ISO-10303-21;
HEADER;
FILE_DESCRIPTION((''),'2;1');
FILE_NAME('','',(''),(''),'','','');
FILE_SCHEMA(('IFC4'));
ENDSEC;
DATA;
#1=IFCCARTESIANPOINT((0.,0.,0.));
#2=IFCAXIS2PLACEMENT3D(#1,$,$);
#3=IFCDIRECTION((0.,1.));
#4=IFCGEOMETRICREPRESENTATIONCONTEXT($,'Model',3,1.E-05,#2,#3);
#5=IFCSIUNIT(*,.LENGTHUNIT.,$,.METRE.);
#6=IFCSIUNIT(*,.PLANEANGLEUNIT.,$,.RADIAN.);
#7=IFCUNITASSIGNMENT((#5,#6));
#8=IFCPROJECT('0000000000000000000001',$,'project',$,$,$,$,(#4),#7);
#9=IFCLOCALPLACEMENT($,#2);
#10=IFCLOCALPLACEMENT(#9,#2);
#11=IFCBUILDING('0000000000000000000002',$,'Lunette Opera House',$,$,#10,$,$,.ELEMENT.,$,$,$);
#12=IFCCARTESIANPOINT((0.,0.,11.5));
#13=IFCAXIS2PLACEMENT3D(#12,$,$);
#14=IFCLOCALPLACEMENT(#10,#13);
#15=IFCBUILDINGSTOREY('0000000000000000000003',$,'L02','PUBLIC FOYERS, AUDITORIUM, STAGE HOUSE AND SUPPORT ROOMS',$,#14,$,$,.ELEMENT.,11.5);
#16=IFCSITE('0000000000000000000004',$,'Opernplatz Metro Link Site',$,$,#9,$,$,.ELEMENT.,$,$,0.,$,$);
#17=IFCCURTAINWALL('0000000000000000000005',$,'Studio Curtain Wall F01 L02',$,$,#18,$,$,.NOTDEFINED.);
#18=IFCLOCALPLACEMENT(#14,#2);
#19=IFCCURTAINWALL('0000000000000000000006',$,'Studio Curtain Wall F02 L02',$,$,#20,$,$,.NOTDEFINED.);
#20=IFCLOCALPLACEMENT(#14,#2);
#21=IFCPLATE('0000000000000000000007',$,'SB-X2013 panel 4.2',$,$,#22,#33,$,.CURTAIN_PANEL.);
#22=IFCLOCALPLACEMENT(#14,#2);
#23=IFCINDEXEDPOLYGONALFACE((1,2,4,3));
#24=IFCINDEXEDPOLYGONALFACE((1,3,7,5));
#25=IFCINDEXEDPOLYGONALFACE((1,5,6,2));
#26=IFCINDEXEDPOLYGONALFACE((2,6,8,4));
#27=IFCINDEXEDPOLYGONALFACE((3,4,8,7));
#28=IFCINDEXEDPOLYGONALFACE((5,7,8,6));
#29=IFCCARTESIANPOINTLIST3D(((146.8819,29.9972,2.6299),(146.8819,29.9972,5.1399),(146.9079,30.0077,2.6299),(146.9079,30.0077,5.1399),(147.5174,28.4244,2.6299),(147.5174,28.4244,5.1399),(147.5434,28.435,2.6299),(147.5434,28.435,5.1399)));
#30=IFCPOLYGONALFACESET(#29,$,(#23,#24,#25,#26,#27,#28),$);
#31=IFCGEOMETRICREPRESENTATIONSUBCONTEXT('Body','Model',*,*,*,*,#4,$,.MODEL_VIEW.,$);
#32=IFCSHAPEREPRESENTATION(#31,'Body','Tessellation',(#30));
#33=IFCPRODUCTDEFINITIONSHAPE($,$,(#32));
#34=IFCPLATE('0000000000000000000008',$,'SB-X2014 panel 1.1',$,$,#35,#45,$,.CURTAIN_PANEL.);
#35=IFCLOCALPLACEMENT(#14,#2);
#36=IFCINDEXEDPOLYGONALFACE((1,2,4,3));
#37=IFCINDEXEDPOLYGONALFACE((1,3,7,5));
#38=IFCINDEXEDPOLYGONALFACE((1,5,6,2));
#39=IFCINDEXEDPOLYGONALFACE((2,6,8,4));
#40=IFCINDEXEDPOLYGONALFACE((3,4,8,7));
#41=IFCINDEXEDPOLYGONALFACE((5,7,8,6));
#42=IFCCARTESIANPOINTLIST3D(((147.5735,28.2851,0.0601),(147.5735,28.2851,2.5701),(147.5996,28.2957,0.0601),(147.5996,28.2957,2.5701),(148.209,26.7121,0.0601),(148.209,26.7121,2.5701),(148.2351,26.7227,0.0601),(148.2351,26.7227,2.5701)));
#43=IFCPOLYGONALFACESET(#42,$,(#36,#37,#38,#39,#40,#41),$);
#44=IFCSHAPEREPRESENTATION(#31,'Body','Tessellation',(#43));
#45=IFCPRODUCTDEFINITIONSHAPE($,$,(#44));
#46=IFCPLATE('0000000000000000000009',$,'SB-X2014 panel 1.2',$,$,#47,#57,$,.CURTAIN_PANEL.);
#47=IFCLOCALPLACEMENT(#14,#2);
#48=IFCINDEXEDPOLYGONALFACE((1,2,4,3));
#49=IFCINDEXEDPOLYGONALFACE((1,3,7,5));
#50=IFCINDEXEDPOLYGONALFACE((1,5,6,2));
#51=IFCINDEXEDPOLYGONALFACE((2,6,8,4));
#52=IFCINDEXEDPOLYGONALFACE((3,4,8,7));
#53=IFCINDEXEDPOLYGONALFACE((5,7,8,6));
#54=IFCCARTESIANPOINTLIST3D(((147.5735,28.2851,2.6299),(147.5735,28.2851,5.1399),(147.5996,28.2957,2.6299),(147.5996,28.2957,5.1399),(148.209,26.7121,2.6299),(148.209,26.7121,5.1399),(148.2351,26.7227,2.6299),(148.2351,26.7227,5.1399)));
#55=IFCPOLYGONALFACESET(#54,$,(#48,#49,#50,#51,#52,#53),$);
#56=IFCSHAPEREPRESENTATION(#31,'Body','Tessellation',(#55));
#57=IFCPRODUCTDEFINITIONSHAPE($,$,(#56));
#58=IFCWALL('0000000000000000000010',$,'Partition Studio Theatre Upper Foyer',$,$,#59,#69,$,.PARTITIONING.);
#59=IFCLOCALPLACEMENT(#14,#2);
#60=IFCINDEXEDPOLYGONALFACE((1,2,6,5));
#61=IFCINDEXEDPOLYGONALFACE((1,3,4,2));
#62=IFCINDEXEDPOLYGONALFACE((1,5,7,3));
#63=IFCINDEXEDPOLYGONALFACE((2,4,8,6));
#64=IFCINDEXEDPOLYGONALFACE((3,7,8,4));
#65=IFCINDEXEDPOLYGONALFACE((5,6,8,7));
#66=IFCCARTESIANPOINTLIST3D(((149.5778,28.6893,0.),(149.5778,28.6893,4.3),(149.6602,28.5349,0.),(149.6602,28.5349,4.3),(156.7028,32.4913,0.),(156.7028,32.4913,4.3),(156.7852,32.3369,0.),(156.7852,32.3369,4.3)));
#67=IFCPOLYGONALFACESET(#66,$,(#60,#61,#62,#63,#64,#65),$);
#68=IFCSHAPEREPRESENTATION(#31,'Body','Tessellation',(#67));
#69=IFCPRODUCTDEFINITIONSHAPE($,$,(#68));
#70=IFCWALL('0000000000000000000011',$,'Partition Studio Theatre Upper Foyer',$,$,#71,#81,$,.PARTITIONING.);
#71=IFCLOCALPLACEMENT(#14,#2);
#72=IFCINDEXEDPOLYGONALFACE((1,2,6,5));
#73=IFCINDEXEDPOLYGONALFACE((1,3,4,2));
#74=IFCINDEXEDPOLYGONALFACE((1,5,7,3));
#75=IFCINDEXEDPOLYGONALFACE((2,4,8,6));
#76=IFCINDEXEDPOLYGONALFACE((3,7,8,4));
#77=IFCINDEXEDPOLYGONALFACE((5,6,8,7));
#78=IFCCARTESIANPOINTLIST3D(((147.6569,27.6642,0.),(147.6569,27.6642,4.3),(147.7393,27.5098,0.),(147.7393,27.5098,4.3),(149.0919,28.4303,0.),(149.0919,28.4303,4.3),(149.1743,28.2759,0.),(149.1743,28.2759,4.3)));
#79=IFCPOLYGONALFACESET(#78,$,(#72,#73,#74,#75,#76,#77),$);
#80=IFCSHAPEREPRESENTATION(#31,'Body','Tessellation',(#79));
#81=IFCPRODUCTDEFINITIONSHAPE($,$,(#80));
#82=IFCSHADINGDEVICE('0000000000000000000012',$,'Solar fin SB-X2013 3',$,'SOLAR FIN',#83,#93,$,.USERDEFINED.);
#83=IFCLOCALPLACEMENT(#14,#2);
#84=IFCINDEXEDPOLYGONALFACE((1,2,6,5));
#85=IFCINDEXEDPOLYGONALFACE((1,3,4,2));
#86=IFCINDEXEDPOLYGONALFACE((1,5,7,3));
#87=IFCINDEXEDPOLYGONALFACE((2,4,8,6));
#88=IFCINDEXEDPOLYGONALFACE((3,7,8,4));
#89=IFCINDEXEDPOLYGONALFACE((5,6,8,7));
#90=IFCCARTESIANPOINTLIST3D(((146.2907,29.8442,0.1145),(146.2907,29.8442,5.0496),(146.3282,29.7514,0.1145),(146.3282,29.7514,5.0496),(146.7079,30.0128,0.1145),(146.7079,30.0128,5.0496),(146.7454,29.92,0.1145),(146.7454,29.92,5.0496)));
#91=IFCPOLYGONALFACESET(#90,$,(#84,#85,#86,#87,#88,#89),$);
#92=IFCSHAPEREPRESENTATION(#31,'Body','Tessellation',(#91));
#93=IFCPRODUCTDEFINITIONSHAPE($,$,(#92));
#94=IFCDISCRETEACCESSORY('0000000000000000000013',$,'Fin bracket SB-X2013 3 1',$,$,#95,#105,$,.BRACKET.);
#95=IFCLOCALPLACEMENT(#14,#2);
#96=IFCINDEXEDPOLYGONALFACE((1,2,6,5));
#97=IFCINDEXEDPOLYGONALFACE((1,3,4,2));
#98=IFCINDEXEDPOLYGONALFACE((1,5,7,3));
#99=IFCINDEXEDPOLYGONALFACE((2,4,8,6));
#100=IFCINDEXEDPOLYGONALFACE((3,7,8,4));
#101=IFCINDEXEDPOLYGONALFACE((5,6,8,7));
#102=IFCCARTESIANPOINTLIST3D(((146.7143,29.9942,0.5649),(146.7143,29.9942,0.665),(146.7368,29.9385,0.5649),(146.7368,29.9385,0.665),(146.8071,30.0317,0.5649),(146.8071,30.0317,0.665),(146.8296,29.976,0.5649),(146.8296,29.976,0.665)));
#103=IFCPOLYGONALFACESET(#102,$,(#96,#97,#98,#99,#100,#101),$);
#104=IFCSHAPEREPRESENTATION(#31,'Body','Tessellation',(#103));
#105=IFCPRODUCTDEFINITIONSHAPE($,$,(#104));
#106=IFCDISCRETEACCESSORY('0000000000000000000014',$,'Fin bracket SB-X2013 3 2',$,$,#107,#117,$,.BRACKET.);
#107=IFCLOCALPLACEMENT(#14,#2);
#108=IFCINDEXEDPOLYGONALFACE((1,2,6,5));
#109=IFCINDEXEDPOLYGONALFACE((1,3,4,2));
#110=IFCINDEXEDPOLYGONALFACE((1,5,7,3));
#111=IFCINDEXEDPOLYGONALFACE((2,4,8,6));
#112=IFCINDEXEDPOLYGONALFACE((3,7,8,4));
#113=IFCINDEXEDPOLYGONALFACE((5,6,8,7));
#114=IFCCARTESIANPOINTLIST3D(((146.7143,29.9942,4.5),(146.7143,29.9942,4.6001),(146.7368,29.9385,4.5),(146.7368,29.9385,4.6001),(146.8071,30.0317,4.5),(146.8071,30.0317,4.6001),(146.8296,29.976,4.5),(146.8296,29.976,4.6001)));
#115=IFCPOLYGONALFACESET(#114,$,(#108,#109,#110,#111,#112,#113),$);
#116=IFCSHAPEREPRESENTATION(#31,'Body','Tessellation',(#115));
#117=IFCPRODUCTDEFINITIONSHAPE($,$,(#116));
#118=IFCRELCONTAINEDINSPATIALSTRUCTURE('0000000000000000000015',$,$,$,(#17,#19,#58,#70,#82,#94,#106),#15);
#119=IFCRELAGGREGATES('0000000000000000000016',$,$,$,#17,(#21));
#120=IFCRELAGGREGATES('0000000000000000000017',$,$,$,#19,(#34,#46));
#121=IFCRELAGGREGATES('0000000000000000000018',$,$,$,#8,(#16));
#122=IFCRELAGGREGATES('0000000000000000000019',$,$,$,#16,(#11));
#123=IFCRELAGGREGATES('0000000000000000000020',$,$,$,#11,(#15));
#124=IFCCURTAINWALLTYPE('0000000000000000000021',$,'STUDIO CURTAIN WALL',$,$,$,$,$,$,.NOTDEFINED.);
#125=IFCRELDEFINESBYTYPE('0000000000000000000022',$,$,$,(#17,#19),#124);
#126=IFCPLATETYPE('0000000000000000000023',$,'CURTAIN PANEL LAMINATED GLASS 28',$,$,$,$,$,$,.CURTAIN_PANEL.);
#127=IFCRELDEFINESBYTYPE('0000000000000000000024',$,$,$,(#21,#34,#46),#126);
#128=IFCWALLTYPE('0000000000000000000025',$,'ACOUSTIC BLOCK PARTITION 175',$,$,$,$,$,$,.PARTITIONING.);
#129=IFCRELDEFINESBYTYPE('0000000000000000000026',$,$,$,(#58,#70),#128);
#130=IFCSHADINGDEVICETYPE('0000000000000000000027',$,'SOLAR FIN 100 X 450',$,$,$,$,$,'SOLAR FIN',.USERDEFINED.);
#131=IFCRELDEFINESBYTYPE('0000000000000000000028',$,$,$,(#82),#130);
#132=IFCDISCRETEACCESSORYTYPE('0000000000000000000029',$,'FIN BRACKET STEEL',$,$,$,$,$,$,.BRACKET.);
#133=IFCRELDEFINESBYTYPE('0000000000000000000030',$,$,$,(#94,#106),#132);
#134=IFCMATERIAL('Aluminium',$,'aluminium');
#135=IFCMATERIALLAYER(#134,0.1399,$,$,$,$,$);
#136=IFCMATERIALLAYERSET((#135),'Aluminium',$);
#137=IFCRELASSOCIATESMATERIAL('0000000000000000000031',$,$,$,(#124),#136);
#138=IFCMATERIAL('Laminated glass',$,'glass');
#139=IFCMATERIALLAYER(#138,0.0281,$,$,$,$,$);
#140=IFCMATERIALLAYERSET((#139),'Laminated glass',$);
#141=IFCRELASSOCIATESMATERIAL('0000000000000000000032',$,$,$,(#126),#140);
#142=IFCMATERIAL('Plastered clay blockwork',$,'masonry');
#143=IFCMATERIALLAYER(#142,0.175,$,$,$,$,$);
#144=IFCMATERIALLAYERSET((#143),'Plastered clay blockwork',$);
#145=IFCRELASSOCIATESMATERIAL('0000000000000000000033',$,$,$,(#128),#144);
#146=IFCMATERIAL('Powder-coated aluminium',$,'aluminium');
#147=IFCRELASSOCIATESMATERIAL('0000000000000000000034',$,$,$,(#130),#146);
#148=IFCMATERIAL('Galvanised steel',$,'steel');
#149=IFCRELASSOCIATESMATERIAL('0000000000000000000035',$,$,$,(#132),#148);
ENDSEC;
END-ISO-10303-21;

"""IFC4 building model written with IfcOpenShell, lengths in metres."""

from ifc_helpers import new_model, si_unit, direction, frame, frame_2d, origin, origin_2d, place, context, subcontext, project, spatial, rectangle, extrude, material, layer, layer_set, type_object, element, aggregate, save


model = new_model("IFC4")

# Units and contexts
model_context = context("Model", 3, precision=1e-05, world=origin(), true_north=direction((0.0, 1.0)))
body_context = subcontext(model_context, "Body", "Model", "MODEL_VIEW")
ifc_project = project(units=[si_unit("LENGTHUNIT", "METRE"), si_unit("PLANEANGLEUNIT", "RADIAN")], contexts=[model_context])

# Site, building, storey
site_placement = place(None, origin())
site = spatial("IfcSite", under=ifc_project, at=site_placement, Name="Opernplatz Metro Link Site", CompositionType="ELEMENT", RefElevation=0.0)
building_placement = place(site_placement, origin())
building = spatial("IfcBuilding", under=site, at=building_placement, Name="Lunette Opera House", CompositionType="ELEMENT")
storey_placement = place(building_placement, frame((0.0, 0.0, 11.5)))
storey = spatial("IfcBuildingStorey", under=building, at=storey_placement, Name="L02", Description="PUBLIC FOYERS, AUDITORIUM, STAGE HOUSE AND SUPPORT ROOMS", CompositionType="ELEMENT", Elevation=11.5)

# Curtain wall
ifc_material_1 = material(Name="Aluminium", Category="aluminium")
ifc_layer_1 = layer(ifc_material_1, 0.1399)
ifc_layer_set_1 = layer_set([ifc_layer_1], Name="Aluminium")
curtain_wall_type = type_object("IfcCurtainWallType", Name="STUDIO CURTAIN WALL", PredefinedType="NOTDEFINED", material=ifc_layer_set_1)
curtain_wall_1_placement = place(storey_placement, origin())
curtain_wall_1 = element("IfcCurtainWall", 1, at=curtain_wall_1_placement, inside=storey, type_object=curtain_wall_type, Name="Studio Curtain Wall F01 L02", PredefinedType="NOTDEFINED")

# Curtain wall
curtain_wall_2_placement = place(storey_placement, origin())
curtain_wall_2 = element("IfcCurtainWall", 2, at=curtain_wall_2_placement, inside=storey, type_object=curtain_wall_type, Name="Studio Curtain Wall F02 L02", PredefinedType="NOTDEFINED")

# Plates
ifc_material_2 = material(Name="Laminated glass", Category="glass")
ifc_layer_2 = layer(ifc_material_2, 0.0281)
ifc_layer_set_2 = layer_set([ifc_layer_2], Name="Laminated glass")
plate_type = type_object("IfcPlateType", Name="CURTAIN PANEL LAMINATED GLASS 28", PredefinedType="CURTAIN_PANEL", material=ifc_layer_set_2)
plate_1_placement = place(storey_placement, frame((147.2126, 29.2161, 2.6299), z_axis=(0.0, 0.0, 1.0), x_axis=(0.374646, -0.927168, 0.0)))
plate_1 = element("IfcPlate", 3, at=plate_1_placement, type_object=plate_type, Name="SB-X2013 panel 4.2", PredefinedType="CURTAIN_PANEL", context=body_context, shape_type="SweptSolid", body=[
    extrude(rectangle(XDim=1.6963, YDim=0.0281, at=origin_2d()), origin(), (0.0, 0.0, 1.0), 2.51),
])
aggregate(curtain_wall_1, [plate_1])
plate_2_placement = place(storey_placement, frame((147.9043, 27.5039, 0.0601), z_axis=(0.0, 0.0, 1.0), x_axis=(0.374597, -0.927188, 0.0)))
plate_2 = element("IfcPlate", 4, at=plate_2_placement, type_object=plate_type, Name="SB-X2014 panel 1.1", PredefinedType="CURTAIN_PANEL", context=body_context, shape_type="SweptSolid", body=[
    extrude(rectangle(XDim=1.6965, YDim=0.0281, at=origin_2d()), origin(), (0.0, 0.0, 1.0), 2.51),
])
plate_3_placement = place(storey_placement, frame((147.9043, 27.5039, 2.6299), z_axis=(0.0, 0.0, 1.0), x_axis=(0.374597, -0.927188, 0.0)))
plate_3 = element("IfcPlate", 5, at=plate_3_placement, type_object=plate_type, Name="SB-X2014 panel 1.2", PredefinedType="CURTAIN_PANEL", context=body_context, shape_type="SweptSolid", body=[
    extrude(rectangle(XDim=1.6965, YDim=0.0281, at=origin_2d()), origin(), (0.0, 0.0, 1.0), 2.51),
])
aggregate(curtain_wall_2, [plate_2, plate_3])

# Walls
ifc_material_3 = material(Name="Plastered clay blockwork", Category="masonry")
ifc_layer_3 = layer(ifc_material_3, 0.175)
ifc_layer_set_3 = layer_set([ifc_layer_3], Name="Plastered clay blockwork")
wall_type = type_object("IfcWallType", Name="ACOUSTIC BLOCK PARTITION 175", PredefinedType="PARTITIONING", material=ifc_layer_set_3)
wall_1_placement = place(storey_placement, frame((149.6189, 28.6121, 0.0), z_axis=(0.0, 0.0, 1.0), x_axis=(0.88225, 0.470781, 0.0)))
element("IfcWall", 6, at=wall_1_placement, inside=storey, type_object=wall_type, Name="Partition Studio Theatre Upper Foyer", PredefinedType="PARTITIONING", context=body_context, shape_type="SweptSolid", body=[
    extrude(rectangle(XDim=8.0759, YDim=0.175, at=frame_2d((4.0381, 0.0))), origin(), (0.0, 0.0, 1.0), 4.3),
])
wall_2_placement = place(storey_placement, frame((147.698, 27.5869, 0.0), z_axis=(0.0, 0.0, 1.0), x_axis=(0.882162, 0.470947, 0.0)))
element("IfcWall", 7, at=wall_2_placement, inside=storey, type_object=wall_type, Name="Partition Studio Theatre Upper Foyer", PredefinedType="PARTITIONING", context=body_context, shape_type="SweptSolid", body=[
    extrude(rectangle(XDim=1.6267, YDim=0.175, at=frame_2d((0.8135, 0.0))), origin(), (0.0, 0.0, 1.0), 4.3),
])

# Shading device
ifc_material_4 = material(Name="Powder-coated aluminium", Category="aluminium")
shading_device_type = type_object("IfcShadingDeviceType", Name="SOLAR FIN 100 X 450", ElementType="SOLAR FIN", PredefinedType="USERDEFINED", material=ifc_material_4)
shading_device_placement = place(storey_placement, frame((146.5181, 29.8821, 0.1145), z_axis=(0.0, 0.0, 1.0), x_axis=(-0.927168, -0.374645, 0.0)))
element("IfcShadingDevice", 8, at=shading_device_placement, inside=storey, type_object=shading_device_type, Name="Solar fin SB-X2013 3", ObjectType="SOLAR FIN", PredefinedType="USERDEFINED", context=body_context, shape_type="SweptSolid", body=[
    extrude(rectangle(XDim=0.45, YDim=0.1001, at=origin_2d()), origin(), (0.0, 0.0, 1.0), 4.9351),
])

# Discrete accessories
ifc_material_5 = material(Name="Galvanised steel", Category="steel")
discrete_accessory_type = type_object("IfcDiscreteAccessoryType", Name="FIN BRACKET STEEL", PredefinedType="BRACKET", material=ifc_material_5)
for number, where, z_axis, x_axis, name in (
    (9, (146.772, 29.9851, 0.5649), (0.0, 0.0, 1.0), (-0.927168, -0.374645, 0.0), "Fin bracket SB-X2013 3 1"),
    (10, (146.772, 29.9851, 4.5), (0.0, 0.0, 1.0), (-0.927168, -0.374645, 0.0), "Fin bracket SB-X2013 3 2"),
):
    element("IfcDiscreteAccessory", number, at=place(storey_placement, frame(where, z_axis=z_axis, x_axis=x_axis)), inside=storey, type_object=discrete_accessory_type, Name=name, PredefinedType="BRACKET", context=body_context, shape_type="SweptSolid", body=[
        extrude(rectangle(XDim=0.1001, YDim=0.0601, at=origin_2d()), origin(), (0.0, 0.0, 1.0), 0.1001),
    ])

save(model, "model.ifc")
